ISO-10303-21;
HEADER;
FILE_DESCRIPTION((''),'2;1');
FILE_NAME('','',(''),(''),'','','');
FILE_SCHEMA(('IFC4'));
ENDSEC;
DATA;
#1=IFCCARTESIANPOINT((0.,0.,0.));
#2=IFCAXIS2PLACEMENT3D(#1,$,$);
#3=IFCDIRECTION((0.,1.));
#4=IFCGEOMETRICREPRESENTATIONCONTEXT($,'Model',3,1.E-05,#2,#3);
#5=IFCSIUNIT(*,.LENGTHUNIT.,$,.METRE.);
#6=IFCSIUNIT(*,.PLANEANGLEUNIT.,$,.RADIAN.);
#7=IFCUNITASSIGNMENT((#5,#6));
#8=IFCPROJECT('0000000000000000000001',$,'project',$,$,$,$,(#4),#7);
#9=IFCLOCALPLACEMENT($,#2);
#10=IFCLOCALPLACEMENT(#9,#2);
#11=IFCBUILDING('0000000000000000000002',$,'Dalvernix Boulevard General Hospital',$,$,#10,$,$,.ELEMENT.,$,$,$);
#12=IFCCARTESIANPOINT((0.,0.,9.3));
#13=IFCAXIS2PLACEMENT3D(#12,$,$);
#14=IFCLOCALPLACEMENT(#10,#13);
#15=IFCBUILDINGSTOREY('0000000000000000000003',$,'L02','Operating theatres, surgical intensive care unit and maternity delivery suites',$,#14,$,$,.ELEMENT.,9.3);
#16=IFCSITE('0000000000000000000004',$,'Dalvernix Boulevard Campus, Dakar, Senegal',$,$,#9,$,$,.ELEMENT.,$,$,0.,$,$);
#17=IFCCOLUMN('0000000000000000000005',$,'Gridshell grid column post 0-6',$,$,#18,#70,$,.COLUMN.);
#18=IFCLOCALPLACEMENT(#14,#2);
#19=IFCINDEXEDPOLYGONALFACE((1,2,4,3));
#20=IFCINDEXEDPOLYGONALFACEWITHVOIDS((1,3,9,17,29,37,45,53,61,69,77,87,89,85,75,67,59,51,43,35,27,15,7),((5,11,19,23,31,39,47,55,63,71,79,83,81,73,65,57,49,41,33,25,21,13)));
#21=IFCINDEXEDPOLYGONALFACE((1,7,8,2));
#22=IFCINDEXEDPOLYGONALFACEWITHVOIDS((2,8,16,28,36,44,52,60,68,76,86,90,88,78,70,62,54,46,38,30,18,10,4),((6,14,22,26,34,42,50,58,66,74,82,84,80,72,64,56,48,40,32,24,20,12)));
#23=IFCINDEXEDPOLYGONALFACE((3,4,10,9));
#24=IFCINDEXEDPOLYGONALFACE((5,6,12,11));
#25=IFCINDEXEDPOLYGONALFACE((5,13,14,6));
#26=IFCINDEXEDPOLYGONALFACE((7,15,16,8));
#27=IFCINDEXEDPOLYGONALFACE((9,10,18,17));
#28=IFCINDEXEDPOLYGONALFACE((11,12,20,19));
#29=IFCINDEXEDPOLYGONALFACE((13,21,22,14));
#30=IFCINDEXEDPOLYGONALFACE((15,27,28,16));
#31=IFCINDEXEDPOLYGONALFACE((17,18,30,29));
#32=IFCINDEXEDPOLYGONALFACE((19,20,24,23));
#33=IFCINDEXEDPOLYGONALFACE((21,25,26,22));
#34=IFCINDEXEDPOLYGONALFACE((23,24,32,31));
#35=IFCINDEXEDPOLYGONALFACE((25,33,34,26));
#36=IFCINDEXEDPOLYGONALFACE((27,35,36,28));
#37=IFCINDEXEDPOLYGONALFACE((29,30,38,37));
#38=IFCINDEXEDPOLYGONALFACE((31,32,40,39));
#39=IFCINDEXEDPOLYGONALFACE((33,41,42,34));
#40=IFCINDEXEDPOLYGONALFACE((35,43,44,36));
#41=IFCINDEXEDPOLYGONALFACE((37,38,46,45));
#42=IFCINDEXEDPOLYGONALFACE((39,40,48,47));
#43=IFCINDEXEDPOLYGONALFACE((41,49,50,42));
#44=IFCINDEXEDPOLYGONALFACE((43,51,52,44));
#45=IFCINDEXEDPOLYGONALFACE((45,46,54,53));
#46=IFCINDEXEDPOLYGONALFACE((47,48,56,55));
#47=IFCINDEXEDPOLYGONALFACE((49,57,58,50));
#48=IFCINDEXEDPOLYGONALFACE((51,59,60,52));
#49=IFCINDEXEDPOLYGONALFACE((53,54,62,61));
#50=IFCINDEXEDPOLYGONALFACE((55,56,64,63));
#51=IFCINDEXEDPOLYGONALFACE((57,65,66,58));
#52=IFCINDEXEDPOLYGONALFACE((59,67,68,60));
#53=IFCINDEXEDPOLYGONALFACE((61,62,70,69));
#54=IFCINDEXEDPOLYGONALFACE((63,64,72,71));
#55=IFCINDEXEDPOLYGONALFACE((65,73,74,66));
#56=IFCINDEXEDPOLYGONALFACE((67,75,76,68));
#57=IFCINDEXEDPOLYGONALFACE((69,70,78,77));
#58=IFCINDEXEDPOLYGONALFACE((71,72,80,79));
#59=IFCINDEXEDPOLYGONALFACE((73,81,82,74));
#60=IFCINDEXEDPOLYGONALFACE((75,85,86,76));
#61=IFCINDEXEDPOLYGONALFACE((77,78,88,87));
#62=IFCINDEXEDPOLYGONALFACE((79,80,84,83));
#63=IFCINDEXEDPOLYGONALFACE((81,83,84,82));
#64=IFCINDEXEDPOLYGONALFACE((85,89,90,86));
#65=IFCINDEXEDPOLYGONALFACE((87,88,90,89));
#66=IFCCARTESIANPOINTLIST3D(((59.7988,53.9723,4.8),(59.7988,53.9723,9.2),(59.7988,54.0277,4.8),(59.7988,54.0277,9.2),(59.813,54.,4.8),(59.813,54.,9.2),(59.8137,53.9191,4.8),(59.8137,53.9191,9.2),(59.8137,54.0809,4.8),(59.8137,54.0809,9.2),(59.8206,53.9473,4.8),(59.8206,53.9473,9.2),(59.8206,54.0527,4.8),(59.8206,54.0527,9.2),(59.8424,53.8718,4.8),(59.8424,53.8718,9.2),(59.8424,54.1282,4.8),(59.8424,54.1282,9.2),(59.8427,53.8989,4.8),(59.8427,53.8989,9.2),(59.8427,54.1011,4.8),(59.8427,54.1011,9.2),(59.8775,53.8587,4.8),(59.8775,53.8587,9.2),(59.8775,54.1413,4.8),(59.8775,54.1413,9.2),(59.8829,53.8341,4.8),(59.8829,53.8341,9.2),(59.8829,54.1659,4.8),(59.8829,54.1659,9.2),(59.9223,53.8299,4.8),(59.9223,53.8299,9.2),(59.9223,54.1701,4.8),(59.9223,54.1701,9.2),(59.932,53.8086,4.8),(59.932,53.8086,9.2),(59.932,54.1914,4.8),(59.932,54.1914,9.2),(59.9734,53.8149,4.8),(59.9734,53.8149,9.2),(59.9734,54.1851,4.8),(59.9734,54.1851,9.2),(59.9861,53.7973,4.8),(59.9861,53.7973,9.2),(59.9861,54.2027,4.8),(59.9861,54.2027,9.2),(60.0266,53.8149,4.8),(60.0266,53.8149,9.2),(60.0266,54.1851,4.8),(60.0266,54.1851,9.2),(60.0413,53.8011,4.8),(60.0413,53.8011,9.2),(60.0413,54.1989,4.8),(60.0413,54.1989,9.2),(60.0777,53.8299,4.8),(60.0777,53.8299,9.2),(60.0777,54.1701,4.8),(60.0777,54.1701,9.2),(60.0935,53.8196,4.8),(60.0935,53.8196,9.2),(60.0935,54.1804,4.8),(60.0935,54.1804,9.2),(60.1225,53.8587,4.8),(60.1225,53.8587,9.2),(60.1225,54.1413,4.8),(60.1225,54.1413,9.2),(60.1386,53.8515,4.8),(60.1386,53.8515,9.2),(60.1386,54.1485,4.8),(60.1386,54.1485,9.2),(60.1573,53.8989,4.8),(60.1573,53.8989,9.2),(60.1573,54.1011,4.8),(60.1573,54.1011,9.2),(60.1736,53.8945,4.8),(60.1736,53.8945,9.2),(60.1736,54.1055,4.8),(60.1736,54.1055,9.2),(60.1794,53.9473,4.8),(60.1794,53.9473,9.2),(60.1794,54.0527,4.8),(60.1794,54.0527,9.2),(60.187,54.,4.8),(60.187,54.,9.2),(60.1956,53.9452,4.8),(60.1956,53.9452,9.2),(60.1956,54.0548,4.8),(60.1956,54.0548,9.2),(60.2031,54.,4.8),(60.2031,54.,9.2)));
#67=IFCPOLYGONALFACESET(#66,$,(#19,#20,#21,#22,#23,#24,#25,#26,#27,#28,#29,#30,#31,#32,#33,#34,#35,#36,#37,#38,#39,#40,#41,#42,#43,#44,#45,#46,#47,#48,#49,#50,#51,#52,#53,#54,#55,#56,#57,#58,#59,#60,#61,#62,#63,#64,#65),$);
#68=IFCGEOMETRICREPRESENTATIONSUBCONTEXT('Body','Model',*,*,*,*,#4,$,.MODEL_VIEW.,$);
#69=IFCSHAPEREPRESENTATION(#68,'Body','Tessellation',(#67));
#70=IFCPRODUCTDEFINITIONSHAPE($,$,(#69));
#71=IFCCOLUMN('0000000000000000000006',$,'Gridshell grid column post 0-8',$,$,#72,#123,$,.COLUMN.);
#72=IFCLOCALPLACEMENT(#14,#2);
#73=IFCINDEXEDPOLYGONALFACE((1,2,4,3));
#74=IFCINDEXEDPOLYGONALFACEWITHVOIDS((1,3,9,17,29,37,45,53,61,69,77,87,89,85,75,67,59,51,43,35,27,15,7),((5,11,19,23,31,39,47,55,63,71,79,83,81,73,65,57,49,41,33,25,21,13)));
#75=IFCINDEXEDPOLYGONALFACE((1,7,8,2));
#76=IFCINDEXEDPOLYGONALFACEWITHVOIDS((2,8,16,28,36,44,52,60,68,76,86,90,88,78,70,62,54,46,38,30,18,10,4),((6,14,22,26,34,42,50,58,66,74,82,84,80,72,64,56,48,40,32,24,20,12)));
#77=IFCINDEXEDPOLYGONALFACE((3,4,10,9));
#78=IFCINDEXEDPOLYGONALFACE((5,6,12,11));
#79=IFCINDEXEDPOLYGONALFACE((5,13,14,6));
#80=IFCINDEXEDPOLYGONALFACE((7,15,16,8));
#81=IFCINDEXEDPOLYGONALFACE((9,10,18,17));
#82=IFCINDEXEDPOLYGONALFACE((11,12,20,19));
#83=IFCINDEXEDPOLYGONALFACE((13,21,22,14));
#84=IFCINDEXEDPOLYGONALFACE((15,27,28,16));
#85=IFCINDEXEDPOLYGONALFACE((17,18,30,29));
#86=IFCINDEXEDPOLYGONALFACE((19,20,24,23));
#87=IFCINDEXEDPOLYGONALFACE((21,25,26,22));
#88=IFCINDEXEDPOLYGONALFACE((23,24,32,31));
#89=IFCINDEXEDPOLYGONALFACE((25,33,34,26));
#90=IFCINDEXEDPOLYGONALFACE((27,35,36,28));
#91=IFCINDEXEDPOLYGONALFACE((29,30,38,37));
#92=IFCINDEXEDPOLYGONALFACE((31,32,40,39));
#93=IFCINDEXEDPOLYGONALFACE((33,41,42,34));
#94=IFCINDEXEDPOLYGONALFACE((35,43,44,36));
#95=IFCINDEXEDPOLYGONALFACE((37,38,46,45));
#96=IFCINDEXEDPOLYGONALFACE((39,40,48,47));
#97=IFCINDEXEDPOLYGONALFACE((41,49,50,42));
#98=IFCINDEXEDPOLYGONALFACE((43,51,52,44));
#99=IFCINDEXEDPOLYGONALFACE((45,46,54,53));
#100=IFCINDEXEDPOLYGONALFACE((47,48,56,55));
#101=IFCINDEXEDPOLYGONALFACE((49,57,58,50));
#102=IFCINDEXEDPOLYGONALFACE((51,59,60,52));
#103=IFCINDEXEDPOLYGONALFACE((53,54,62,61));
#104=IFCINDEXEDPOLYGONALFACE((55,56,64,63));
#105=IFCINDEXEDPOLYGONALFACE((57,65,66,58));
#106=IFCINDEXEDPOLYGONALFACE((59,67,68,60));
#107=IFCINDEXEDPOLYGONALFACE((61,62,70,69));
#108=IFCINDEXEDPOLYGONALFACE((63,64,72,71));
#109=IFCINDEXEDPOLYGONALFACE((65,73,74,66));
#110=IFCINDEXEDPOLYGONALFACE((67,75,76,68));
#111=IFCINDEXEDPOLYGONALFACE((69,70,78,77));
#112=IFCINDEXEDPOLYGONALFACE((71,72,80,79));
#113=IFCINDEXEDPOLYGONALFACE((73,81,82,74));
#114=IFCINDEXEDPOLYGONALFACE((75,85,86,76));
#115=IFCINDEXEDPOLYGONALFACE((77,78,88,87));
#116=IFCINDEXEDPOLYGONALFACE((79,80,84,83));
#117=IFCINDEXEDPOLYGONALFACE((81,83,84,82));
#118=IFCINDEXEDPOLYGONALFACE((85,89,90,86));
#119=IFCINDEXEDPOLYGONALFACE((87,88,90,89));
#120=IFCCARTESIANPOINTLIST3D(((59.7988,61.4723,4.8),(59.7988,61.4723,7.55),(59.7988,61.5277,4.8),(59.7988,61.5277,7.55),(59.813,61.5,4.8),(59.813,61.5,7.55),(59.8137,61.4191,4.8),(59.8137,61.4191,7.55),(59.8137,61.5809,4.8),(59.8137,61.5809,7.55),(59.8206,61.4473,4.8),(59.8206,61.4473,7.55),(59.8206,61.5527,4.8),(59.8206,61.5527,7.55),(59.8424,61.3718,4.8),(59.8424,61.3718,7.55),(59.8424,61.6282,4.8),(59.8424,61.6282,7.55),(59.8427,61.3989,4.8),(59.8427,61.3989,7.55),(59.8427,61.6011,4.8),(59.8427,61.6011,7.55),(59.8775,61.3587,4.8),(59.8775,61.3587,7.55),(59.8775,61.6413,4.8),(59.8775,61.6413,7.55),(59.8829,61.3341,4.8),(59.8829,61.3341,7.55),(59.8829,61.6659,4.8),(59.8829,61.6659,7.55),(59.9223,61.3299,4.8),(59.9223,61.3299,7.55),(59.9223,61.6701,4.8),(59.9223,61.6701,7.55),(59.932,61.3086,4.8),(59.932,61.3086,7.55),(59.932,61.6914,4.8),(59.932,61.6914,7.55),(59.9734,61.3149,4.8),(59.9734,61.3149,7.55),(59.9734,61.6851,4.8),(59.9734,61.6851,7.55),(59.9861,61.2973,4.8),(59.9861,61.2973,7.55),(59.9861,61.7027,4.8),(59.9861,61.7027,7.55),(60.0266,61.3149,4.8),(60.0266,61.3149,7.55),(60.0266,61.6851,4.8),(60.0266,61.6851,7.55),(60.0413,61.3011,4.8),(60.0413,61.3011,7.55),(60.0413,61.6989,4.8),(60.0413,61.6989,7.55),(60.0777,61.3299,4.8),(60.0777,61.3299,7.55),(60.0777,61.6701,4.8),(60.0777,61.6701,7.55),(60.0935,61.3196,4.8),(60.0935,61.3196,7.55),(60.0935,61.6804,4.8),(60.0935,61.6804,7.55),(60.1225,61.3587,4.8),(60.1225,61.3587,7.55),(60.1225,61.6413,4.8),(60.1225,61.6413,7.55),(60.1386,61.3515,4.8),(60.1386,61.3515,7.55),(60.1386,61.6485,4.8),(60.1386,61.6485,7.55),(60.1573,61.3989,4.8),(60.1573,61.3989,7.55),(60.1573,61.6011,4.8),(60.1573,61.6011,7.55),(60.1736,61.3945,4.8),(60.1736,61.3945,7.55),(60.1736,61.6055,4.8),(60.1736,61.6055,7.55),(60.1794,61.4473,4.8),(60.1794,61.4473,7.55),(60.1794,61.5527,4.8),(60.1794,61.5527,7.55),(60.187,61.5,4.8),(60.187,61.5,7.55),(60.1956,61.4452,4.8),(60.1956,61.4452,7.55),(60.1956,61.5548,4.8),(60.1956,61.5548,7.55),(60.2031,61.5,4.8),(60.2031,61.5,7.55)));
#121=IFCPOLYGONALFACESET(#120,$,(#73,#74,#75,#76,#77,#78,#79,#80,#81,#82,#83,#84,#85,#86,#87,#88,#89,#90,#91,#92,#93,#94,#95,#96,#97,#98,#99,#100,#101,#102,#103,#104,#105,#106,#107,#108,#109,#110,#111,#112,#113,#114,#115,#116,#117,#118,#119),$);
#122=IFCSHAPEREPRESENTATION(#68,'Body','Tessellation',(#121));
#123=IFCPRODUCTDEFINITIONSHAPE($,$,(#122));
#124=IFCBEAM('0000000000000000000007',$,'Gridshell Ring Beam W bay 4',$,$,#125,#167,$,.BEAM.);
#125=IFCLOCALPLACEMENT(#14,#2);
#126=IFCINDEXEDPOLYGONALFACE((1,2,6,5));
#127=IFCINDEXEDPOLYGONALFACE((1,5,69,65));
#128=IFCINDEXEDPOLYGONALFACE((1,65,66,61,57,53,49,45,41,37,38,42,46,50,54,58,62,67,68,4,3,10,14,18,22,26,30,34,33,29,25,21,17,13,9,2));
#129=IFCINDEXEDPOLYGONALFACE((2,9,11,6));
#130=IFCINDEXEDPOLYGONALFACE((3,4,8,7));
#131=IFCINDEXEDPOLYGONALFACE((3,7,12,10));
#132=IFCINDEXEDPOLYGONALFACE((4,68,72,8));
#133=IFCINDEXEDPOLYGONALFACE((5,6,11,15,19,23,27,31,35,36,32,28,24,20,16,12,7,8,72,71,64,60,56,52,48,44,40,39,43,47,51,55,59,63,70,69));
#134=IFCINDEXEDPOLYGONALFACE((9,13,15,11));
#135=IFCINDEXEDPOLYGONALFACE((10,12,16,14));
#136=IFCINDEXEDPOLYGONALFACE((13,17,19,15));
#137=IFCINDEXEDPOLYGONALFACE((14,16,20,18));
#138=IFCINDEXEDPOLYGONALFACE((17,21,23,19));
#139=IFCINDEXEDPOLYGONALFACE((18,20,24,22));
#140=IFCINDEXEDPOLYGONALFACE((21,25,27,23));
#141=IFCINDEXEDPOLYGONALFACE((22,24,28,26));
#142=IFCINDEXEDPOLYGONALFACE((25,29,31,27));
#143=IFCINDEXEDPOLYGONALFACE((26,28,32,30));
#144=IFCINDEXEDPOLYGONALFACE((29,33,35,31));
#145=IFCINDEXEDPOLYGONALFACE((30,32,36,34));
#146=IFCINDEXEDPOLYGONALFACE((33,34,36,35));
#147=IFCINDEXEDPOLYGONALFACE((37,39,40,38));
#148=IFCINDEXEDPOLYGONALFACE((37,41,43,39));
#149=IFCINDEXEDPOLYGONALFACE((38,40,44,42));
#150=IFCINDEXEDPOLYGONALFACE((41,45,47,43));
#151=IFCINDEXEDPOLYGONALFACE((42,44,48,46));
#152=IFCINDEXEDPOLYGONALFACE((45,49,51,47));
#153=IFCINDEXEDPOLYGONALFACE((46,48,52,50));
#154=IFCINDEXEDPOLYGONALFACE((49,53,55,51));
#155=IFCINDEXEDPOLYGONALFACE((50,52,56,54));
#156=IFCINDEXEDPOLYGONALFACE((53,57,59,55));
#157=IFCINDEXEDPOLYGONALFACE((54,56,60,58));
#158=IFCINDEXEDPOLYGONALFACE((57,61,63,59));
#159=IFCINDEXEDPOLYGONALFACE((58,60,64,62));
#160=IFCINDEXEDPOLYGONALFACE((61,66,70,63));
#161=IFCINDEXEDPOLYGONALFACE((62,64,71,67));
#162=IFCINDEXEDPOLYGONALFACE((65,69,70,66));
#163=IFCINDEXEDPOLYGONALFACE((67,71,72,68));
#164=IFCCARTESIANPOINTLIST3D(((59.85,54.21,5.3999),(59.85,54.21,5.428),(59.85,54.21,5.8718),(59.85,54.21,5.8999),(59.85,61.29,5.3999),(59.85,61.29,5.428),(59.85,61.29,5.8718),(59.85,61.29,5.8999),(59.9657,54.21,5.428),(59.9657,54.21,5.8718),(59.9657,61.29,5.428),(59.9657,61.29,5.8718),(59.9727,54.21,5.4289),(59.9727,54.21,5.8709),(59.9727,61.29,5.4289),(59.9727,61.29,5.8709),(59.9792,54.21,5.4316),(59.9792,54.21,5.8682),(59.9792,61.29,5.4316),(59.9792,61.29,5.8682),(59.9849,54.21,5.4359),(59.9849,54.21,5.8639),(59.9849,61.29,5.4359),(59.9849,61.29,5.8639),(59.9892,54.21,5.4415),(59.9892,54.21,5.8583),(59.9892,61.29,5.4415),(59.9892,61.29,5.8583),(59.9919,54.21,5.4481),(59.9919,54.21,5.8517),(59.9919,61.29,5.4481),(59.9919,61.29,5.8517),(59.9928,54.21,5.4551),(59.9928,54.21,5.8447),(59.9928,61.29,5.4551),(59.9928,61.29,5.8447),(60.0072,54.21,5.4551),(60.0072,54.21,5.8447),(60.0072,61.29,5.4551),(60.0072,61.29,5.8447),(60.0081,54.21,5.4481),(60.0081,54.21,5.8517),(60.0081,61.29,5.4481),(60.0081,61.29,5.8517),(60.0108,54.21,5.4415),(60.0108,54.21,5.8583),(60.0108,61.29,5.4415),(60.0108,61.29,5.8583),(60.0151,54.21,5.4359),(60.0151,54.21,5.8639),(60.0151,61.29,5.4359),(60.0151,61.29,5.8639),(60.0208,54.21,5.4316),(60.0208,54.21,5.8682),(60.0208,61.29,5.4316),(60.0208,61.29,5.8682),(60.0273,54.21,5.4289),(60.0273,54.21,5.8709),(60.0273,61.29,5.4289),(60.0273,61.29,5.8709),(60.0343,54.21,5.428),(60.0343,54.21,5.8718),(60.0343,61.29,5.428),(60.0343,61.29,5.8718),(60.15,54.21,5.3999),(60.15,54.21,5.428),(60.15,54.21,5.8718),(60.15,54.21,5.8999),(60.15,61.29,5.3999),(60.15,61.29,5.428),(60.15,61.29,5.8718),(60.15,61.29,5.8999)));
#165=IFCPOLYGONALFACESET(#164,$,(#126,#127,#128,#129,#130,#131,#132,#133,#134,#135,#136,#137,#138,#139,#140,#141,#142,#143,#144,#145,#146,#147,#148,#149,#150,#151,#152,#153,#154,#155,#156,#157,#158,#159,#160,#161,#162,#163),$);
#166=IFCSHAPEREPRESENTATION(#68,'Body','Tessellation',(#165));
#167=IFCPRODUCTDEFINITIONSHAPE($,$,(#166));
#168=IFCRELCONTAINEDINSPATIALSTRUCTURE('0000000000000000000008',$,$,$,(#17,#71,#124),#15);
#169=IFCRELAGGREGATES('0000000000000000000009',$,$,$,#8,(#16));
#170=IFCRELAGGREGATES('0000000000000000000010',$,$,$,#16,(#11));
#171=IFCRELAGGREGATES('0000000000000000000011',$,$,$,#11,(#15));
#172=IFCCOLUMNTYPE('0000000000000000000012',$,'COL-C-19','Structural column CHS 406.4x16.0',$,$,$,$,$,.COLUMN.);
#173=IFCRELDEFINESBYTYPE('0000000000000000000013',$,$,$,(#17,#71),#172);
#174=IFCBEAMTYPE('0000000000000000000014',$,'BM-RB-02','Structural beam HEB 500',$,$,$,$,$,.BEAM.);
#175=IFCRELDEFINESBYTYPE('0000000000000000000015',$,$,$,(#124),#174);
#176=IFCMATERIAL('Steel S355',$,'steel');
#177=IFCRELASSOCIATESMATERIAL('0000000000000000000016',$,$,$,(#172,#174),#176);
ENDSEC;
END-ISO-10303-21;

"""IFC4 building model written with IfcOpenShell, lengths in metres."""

from ifc_helpers import new_model, si_unit, direction, frame, origin, origin_2d, place, context, subcontext, project, spatial, hollow_circle, i_section, extrude, material, material_profile, profile_set, type_object, element, save


model = new_model("IFC4")

# Units and contexts
model_context = context("Model", 3, precision=1e-05, world=origin(), true_north=direction((0.0, 1.0)))
body_context = subcontext(model_context, "Body", "Model", "MODEL_VIEW")
ifc_project = project(units=[si_unit("LENGTHUNIT", "METRE"), si_unit("PLANEANGLEUNIT", "RADIAN")], contexts=[model_context])

# Site, building, storey
site_placement = place(None, origin())
site = spatial("IfcSite", under=ifc_project, at=site_placement, Name="Dalvernix Boulevard Campus, Dakar, Senegal", CompositionType="ELEMENT", RefElevation=0.0)
building_placement = place(site_placement, origin())
building = spatial("IfcBuilding", under=site, at=building_placement, Name="Dalvernix Boulevard General Hospital", CompositionType="ELEMENT")
storey_placement = place(building_placement, frame((0.0, 0.0, 9.3)))
storey = spatial("IfcBuildingStorey", under=building, at=storey_placement, Name="L02", Description="Operating theatres, surgical intensive care unit and maternity delivery suites", CompositionType="ELEMENT", Elevation=9.3)

# Columns
ifc_material_1 = material(Name="Steel S355", Category="steel")
ifc_material_profile_1 = material_profile(ifc_material_1, hollow_circle(Radius=0.2031, WallThickness=0.0161, at=origin_2d()), Name="CHS 406.4x16.0")
ifc_profile_set_1 = profile_set([ifc_material_profile_1], Name="Steel S355")
column_type = type_object("IfcColumnType", Name="COL-C-19", Description="Structural column CHS 406.4x16.0", PredefinedType="COLUMN", material=ifc_profile_set_1)
column_1_placement = place(storey_placement, frame((60.0, 54.0, 4.8), z_axis=(0.0, 0.0, 1.0), x_axis=(1.0, 0.0, 0.0)))
element("IfcColumn", 1, at=column_1_placement, inside=storey, type_object=column_type, Name="Gridshell grid column post 0-6", PredefinedType="COLUMN", context=body_context, shape_type="SweptSolid", body=[
    extrude(hollow_circle(Radius=0.2031, WallThickness=0.0161, at=origin_2d()), origin(), (0.0, 0.0, 1.0), 4.3999),
])
column_2_placement = place(storey_placement, frame((60.0, 61.5, 4.8), z_axis=(0.0, 0.0, 1.0), x_axis=(1.0, 0.0, 0.0)))
element("IfcColumn", 2, at=column_2_placement, inside=storey, type_object=column_type, Name="Gridshell grid column post 0-8", PredefinedType="COLUMN", context=body_context, shape_type="SweptSolid", body=[
    extrude(hollow_circle(Radius=0.2031, WallThickness=0.0161, at=origin_2d()), origin(), (0.0, 0.0, 1.0), 2.75),
])

# Beam
ifc_material_profile_2 = material_profile(ifc_material_1, i_section(OverallWidth=0.3, OverallDepth=0.5, WebThickness=0.0144, FlangeThickness=0.0281, FilletRadius=0.0271, at=origin_2d()), Name="HEB 500")
ifc_profile_set_2 = profile_set([ifc_material_profile_2], Name="Steel S355")
beam_type_1 = type_object("IfcBeamType", Name="BM-RB-02", Description="Structural beam HEB 500", PredefinedType="BEAM", material=ifc_profile_set_2)
beam_placement = place(storey_placement, frame((60.0, 54.21, 5.6499), z_axis=(0.0, 1.0, 0.0), x_axis=(-1.0, 0.0, 0.0)))
element("IfcBeam", 3, at=beam_placement, inside=storey, type_object=beam_type_1, Name="Gridshell Ring Beam W bay 4", PredefinedType="BEAM", context=body_context, shape_type="SweptSolid", body=[
    extrude(i_section(OverallWidth=0.3, OverallDepth=0.5, WebThickness=0.0144, FlangeThickness=0.0281, FilletRadius=0.0271, at=origin_2d()), origin(), (0.0, 0.0, 1.0), 7.0801),
])

save(model, "model.ifc")
